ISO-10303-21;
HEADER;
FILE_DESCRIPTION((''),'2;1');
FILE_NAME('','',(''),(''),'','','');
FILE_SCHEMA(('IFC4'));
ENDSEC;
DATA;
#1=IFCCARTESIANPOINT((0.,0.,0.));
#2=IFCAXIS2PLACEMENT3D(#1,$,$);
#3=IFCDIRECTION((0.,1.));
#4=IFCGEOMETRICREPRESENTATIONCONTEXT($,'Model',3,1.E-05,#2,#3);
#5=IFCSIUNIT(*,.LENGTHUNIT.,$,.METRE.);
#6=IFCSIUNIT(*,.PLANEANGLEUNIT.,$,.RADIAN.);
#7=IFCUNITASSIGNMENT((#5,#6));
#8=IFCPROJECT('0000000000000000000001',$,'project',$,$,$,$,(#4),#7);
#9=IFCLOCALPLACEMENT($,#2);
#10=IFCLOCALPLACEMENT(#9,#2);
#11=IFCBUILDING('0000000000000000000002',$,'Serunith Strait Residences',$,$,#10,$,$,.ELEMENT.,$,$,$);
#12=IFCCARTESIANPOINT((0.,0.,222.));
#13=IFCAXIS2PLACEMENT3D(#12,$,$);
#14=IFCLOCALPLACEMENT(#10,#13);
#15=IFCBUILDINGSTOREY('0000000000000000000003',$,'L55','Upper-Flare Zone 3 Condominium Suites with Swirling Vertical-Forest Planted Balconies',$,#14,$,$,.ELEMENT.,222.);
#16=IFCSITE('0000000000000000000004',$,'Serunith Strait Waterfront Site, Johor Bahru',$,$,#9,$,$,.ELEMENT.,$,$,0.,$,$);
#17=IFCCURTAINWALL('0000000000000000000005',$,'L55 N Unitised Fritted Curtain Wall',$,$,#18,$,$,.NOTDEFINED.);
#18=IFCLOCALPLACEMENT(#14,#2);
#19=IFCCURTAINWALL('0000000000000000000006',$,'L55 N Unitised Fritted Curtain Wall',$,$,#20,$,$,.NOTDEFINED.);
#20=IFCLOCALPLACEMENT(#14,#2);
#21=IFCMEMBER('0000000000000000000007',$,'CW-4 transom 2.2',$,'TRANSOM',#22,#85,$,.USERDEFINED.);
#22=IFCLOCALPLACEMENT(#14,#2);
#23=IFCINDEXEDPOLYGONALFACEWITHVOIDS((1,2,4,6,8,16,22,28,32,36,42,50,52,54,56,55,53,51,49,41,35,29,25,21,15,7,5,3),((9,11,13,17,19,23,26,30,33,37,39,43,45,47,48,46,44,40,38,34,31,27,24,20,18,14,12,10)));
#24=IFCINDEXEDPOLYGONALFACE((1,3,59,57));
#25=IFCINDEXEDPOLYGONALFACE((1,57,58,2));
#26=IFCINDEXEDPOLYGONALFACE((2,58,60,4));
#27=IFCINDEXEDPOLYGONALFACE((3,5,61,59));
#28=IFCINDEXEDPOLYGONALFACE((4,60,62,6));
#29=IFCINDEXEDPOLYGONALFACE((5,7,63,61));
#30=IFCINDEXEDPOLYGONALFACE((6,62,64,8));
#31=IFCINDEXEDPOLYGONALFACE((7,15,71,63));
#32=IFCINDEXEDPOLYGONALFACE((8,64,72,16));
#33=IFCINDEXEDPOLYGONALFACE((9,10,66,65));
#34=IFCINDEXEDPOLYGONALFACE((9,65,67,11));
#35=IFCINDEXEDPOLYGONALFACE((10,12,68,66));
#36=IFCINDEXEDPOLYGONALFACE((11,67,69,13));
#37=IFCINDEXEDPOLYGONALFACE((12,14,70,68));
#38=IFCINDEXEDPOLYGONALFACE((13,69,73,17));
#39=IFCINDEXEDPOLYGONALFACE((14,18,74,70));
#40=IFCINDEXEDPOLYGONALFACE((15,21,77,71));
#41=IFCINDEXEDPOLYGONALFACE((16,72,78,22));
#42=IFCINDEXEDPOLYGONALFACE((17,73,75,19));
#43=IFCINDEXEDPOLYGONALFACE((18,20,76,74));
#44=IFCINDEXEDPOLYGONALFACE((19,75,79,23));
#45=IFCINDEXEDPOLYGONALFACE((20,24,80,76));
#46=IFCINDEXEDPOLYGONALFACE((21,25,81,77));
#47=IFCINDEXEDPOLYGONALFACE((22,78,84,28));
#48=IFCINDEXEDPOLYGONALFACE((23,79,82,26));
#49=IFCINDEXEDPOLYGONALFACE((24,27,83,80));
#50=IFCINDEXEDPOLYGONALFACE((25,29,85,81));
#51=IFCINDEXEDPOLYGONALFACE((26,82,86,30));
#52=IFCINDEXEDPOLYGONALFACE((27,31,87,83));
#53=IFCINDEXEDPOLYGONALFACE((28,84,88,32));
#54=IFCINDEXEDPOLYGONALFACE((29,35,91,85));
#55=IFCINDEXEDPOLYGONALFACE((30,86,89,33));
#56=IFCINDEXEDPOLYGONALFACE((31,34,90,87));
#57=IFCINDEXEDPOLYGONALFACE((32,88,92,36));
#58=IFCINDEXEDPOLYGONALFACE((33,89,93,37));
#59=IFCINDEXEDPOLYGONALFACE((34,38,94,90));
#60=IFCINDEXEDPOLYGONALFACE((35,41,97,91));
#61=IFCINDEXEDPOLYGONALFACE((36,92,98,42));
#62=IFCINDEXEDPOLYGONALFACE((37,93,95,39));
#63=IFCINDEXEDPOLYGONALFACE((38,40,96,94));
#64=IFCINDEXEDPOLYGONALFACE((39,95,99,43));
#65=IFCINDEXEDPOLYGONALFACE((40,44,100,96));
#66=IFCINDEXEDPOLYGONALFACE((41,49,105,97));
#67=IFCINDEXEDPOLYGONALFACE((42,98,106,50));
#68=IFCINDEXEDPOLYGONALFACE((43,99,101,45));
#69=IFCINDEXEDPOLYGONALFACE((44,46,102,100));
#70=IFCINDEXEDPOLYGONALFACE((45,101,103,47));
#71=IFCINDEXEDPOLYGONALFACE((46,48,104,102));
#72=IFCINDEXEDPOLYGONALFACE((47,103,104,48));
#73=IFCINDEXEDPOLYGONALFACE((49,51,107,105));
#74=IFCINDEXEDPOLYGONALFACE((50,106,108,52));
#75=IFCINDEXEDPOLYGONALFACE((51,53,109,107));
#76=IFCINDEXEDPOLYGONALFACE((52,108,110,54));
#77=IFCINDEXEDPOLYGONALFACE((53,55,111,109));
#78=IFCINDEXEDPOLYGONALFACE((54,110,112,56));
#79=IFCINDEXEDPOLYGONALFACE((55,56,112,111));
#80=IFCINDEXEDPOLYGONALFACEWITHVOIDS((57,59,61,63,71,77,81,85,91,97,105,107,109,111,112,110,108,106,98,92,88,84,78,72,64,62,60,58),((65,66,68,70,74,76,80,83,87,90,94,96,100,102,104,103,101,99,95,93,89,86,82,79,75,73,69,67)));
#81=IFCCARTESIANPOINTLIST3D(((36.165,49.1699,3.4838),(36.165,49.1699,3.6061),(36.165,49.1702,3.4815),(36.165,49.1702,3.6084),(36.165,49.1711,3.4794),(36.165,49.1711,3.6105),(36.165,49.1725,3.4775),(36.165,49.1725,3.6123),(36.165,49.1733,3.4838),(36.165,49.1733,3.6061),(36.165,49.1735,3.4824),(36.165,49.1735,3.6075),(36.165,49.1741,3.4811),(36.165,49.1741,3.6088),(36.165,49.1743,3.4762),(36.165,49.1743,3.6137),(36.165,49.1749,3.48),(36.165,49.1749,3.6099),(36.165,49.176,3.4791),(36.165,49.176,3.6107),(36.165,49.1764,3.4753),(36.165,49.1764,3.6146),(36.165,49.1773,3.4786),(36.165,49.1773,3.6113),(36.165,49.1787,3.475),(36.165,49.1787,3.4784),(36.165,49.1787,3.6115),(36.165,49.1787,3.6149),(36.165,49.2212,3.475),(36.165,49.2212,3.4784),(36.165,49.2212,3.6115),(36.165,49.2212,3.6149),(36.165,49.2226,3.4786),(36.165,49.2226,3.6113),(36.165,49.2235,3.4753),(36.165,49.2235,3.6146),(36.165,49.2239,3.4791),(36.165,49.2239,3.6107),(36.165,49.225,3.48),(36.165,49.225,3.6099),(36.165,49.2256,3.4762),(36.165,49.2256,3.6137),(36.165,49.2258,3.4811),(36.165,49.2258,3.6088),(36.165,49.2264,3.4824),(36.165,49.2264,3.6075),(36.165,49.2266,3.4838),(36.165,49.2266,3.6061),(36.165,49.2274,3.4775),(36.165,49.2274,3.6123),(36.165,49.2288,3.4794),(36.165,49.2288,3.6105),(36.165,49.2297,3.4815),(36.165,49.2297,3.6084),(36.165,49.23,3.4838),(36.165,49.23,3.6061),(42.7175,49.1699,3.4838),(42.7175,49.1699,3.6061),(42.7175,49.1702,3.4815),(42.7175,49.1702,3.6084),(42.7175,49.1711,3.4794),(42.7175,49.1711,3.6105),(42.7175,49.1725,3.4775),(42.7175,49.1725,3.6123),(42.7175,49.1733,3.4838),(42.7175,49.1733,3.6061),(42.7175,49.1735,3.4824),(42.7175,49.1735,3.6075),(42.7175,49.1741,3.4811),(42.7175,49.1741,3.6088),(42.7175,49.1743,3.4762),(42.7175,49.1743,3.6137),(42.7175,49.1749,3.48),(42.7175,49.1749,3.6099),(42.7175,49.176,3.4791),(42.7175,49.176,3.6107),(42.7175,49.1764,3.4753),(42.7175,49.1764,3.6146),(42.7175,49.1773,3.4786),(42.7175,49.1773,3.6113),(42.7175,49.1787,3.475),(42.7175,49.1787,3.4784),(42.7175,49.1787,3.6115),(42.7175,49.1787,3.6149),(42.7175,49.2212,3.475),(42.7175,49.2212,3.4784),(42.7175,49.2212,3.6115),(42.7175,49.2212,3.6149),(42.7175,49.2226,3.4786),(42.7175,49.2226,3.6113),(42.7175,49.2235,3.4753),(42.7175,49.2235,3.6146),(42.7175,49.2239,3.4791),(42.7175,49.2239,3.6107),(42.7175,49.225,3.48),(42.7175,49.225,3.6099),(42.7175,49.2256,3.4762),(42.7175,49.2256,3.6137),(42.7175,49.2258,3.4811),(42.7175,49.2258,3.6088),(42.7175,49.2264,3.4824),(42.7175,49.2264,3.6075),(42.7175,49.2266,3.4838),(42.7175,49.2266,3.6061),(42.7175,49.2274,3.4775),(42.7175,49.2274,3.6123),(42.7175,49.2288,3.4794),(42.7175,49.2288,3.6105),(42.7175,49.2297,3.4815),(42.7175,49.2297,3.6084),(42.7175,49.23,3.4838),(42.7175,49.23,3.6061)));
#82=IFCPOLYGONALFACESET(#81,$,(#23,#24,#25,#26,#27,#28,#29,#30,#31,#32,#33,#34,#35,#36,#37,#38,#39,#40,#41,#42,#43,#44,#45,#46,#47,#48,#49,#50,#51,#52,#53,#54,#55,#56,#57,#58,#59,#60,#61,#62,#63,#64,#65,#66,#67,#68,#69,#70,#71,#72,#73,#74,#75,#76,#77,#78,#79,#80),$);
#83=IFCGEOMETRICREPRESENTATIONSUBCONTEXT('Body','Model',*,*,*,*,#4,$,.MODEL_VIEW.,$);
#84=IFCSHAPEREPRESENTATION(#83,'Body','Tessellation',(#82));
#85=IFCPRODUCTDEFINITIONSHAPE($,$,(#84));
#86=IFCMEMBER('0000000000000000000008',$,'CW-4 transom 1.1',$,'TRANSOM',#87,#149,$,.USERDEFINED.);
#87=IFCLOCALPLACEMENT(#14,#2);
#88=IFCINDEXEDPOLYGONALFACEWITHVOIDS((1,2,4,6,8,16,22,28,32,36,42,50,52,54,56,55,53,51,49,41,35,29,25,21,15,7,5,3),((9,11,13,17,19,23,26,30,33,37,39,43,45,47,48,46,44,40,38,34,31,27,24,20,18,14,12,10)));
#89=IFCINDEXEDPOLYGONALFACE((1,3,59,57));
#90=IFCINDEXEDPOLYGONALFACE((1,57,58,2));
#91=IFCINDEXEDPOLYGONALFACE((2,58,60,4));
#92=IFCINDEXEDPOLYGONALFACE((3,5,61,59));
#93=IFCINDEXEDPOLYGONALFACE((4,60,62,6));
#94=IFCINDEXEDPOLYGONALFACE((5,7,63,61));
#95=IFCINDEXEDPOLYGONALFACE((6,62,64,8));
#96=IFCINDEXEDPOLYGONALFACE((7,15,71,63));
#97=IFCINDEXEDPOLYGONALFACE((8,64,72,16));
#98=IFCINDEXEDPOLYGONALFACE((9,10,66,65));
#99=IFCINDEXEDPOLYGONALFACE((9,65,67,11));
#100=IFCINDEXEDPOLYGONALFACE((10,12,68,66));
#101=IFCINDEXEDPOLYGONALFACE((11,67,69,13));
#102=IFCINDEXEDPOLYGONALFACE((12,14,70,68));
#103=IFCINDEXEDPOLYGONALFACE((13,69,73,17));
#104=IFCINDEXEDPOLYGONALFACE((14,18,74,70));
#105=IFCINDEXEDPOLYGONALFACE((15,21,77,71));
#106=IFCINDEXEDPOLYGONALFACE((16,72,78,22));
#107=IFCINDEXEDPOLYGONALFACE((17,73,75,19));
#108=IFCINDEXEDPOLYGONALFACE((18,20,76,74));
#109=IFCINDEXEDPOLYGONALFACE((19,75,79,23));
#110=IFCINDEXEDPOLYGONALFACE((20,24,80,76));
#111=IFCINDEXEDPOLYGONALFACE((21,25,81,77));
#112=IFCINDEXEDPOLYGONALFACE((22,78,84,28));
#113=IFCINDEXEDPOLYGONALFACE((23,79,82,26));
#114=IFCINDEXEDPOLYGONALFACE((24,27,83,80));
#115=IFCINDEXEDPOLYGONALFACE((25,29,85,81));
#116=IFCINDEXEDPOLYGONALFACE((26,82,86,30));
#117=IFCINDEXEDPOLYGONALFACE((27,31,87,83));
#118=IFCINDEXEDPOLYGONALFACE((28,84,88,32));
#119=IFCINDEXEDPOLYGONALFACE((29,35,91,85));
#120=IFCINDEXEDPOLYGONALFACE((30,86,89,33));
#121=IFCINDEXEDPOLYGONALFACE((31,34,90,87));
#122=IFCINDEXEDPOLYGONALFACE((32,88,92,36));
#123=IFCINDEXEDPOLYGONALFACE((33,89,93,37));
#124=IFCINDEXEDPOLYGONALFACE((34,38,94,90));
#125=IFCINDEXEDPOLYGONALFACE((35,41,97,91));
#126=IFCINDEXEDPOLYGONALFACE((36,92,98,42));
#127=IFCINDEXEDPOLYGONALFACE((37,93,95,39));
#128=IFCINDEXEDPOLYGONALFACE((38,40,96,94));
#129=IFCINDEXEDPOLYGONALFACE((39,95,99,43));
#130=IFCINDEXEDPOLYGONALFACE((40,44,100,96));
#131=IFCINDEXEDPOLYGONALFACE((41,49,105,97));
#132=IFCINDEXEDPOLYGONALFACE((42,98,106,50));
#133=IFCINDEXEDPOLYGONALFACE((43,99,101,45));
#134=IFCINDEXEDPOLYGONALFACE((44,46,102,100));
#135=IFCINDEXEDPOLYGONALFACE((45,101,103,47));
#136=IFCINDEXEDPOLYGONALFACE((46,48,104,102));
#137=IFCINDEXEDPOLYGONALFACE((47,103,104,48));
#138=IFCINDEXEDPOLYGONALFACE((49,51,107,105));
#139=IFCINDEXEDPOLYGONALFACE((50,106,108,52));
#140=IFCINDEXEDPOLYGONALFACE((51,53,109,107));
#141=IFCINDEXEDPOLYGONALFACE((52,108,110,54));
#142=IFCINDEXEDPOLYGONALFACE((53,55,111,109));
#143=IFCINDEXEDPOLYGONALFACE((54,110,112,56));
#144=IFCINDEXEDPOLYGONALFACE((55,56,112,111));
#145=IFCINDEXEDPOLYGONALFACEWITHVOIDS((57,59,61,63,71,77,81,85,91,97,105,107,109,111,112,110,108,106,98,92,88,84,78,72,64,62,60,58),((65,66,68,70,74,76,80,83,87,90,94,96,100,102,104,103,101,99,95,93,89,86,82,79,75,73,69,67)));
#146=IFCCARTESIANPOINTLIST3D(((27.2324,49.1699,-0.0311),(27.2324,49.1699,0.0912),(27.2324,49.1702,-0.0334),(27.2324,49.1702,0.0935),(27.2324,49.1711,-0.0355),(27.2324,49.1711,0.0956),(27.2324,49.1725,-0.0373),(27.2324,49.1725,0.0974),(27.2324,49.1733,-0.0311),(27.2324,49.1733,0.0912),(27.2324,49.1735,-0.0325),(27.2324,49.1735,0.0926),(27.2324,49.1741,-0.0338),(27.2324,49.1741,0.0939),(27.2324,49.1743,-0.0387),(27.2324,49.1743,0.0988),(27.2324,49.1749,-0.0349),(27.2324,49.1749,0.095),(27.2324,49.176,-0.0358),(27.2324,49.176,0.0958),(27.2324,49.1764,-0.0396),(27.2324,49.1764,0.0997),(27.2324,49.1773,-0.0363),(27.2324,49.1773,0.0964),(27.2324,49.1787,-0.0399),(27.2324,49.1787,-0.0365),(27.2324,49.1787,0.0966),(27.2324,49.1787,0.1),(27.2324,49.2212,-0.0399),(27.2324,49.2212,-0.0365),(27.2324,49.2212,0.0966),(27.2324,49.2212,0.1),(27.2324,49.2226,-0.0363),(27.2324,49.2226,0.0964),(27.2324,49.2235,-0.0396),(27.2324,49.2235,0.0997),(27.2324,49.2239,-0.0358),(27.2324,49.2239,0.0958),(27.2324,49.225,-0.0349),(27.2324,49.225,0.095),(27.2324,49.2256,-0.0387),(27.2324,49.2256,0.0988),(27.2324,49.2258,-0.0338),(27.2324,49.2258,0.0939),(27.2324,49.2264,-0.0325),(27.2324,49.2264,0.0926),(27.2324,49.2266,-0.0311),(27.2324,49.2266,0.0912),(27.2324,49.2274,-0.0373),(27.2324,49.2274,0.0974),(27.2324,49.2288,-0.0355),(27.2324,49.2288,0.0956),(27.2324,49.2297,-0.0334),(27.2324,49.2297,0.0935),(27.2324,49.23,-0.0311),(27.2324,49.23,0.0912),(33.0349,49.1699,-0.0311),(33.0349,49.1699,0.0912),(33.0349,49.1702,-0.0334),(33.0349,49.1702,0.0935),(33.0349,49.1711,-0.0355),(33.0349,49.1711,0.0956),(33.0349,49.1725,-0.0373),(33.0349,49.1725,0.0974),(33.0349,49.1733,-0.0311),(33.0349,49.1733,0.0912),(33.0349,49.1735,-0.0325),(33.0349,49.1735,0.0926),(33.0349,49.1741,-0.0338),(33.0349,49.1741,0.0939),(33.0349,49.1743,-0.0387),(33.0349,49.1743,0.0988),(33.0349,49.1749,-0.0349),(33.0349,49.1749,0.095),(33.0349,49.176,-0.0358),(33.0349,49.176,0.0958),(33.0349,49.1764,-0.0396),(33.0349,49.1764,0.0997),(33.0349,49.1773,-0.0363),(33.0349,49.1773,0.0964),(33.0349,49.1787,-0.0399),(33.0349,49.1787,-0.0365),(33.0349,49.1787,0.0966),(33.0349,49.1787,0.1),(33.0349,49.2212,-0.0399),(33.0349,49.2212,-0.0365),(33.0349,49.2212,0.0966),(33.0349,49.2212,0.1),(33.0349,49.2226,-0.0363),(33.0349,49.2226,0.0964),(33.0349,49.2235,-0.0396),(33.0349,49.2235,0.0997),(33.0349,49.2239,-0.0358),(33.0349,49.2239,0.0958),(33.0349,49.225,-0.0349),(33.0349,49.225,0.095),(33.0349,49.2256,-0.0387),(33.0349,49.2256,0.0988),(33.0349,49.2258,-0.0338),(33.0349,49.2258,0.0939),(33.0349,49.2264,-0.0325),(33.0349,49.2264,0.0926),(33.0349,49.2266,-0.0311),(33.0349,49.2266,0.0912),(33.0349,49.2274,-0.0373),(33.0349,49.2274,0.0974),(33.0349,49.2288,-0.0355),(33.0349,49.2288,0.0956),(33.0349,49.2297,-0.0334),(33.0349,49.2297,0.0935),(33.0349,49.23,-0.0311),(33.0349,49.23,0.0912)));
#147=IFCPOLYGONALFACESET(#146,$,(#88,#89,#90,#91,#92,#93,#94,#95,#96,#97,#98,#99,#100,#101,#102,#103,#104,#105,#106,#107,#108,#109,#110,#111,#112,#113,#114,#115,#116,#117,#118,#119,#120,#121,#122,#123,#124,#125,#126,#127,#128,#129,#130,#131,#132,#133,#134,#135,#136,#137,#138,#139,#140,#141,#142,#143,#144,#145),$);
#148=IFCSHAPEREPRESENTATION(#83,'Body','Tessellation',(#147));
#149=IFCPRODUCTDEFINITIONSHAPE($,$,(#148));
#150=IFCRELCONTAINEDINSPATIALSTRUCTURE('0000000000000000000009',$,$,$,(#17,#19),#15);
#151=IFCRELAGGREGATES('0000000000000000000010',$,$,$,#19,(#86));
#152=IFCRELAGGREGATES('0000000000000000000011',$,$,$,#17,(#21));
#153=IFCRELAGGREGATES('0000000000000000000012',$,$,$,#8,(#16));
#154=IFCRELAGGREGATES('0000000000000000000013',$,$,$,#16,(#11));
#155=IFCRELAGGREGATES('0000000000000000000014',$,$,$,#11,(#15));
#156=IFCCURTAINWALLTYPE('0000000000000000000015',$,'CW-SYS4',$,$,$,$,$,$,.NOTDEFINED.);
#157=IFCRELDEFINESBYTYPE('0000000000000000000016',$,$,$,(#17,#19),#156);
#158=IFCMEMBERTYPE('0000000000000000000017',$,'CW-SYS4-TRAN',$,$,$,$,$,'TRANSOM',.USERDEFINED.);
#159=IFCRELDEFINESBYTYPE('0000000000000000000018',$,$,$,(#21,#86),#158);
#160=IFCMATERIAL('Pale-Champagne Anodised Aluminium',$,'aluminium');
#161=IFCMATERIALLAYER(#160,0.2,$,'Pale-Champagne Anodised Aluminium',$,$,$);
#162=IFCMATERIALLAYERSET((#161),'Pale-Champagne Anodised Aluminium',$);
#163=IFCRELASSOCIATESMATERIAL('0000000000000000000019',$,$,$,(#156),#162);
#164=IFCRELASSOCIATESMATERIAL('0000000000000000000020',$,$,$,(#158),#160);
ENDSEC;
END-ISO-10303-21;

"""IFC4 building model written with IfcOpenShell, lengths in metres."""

from ifc_helpers import new_model, si_unit, direction, frame, origin, origin_2d, place, context, subcontext, project, spatial, hollow_rectangle, extrude, source, transform, mapped, material, layer, layer_set, material_profile, profile_set, type_object, element, aggregate, save


model = new_model("IFC4")

# Units and contexts
model_context = context("Model", 3, precision=1e-05, world=origin(), true_north=direction((0.0, 1.0)))
body_context = subcontext(model_context, "Body", "Model", "MODEL_VIEW")
ifc_project = project(units=[si_unit("LENGTHUNIT", "METRE"), si_unit("PLANEANGLEUNIT", "RADIAN")], contexts=[model_context])

# Site, building, storey
site_placement = place(None, origin())
site = spatial("IfcSite", under=ifc_project, at=site_placement, Name="Serunith Strait Waterfront Site, Johor Bahru", CompositionType="ELEMENT", RefElevation=0.0)
building_placement = place(site_placement, origin())
building = spatial("IfcBuilding", under=site, at=building_placement, Name="Serunith Strait Residences", CompositionType="ELEMENT")
storey_placement = place(building_placement, frame((0.0, 0.0, 222.0)))
storey = spatial("IfcBuildingStorey", under=building, at=storey_placement, Name="L55", Description="Upper-Flare Zone 3 Condominium Suites with Swirling Vertical-Forest Planted Balconies", CompositionType="ELEMENT", Elevation=222.0)

# Curtain wall
ifc_material_1 = material(Name="Pale-Champagne Anodised Aluminium", Category="aluminium")
ifc_layer_1 = layer(ifc_material_1, 0.2, Name="Pale-Champagne Anodised Aluminium")
ifc_layer_set_1 = layer_set([ifc_layer_1], Name="Pale-Champagne Anodised Aluminium")
curtain_wall_type = type_object("IfcCurtainWallType", Name="CW-SYS4", PredefinedType="NOTDEFINED", material=ifc_layer_set_1)
curtain_wall_1_placement = place(storey_placement, origin())
curtain_wall_1 = element("IfcCurtainWall", 1, at=curtain_wall_1_placement, inside=storey, type_object=curtain_wall_type, Name="L55 N Unitised Fritted Curtain Wall", PredefinedType="NOTDEFINED")

# Curtain wall
curtain_wall_2_placement = place(storey_placement, origin())
curtain_wall_2 = element("IfcCurtainWall", 2, at=curtain_wall_2_placement, inside=storey, type_object=curtain_wall_type, Name="L55 N Unitised Fritted Curtain Wall", PredefinedType="NOTDEFINED")

# Members
ifc_material_profile_1 = material_profile(ifc_material_1, hollow_rectangle(XDim=0.0601, YDim=0.1399, WallThickness=0.0034, InnerFilletRadius=0.0054, OuterFilletRadius=0.0088, at=origin_2d()), Name="ALU 140x60x3.5")
ifc_profile_set_1 = profile_set([ifc_material_profile_1], Name="Pale-Champagne Anodised Aluminium")
member_type_1 = type_object("IfcMemberType", Name="CW-SYS4-TRAN", ElementType="TRANSOM", PredefinedType="USERDEFINED", material=ifc_profile_set_1)
shared_shape_1 = source(origin(), body_context, "Body", "SweptSolid", [
    extrude(hollow_rectangle(XDim=0.0601, YDim=0.1399, WallThickness=0.0034, InnerFilletRadius=0.0054, OuterFilletRadius=0.0088, at=origin_2d()), origin(), (0.0, 0.0, 1.0), 6.5525),
])
member_1_placement = place(storey_placement, frame((42.7175, 49.2, 3.5449), z_axis=(-1.0, 0.0, 0.0), x_axis=(0.0, -1.0, 0.0)))
member_1 = element("IfcMember", 3, at=member_1_placement, type_object=member_type_1, Name="CW-4 transom 2.2", ObjectType="TRANSOM", PredefinedType="USERDEFINED", context=body_context, shape_type="MappedRepresentation", body=[
    mapped(shared_shape_1, transform((0.0, 0.0, 0.0), scale=1.0)),
])
shared_shape_2 = source(origin(), body_context, "Body", "SweptSolid", [
    extrude(hollow_rectangle(XDim=0.0601, YDim=0.1399, WallThickness=0.0034, InnerFilletRadius=0.0054, OuterFilletRadius=0.0088, at=origin_2d()), origin(), (0.0, 0.0, 1.0), 5.8025),
])
member_2_placement = place(storey_placement, frame((33.0349, 49.2, 0.03), z_axis=(-1.0, 0.0, 0.0), x_axis=(0.0, -1.0, 0.0)))
member_2 = element("IfcMember", 4, at=member_2_placement, type_object=member_type_1, Name="CW-4 transom 1.1", ObjectType="TRANSOM", PredefinedType="USERDEFINED", context=body_context, shape_type="MappedRepresentation", body=[
    mapped(shared_shape_2, transform((0.0, 0.0, 0.0), scale=1.0)),
])
aggregate(curtain_wall_2, [member_2])

aggregate(curtain_wall_1, [member_1])

save(model, "model.ifc")
